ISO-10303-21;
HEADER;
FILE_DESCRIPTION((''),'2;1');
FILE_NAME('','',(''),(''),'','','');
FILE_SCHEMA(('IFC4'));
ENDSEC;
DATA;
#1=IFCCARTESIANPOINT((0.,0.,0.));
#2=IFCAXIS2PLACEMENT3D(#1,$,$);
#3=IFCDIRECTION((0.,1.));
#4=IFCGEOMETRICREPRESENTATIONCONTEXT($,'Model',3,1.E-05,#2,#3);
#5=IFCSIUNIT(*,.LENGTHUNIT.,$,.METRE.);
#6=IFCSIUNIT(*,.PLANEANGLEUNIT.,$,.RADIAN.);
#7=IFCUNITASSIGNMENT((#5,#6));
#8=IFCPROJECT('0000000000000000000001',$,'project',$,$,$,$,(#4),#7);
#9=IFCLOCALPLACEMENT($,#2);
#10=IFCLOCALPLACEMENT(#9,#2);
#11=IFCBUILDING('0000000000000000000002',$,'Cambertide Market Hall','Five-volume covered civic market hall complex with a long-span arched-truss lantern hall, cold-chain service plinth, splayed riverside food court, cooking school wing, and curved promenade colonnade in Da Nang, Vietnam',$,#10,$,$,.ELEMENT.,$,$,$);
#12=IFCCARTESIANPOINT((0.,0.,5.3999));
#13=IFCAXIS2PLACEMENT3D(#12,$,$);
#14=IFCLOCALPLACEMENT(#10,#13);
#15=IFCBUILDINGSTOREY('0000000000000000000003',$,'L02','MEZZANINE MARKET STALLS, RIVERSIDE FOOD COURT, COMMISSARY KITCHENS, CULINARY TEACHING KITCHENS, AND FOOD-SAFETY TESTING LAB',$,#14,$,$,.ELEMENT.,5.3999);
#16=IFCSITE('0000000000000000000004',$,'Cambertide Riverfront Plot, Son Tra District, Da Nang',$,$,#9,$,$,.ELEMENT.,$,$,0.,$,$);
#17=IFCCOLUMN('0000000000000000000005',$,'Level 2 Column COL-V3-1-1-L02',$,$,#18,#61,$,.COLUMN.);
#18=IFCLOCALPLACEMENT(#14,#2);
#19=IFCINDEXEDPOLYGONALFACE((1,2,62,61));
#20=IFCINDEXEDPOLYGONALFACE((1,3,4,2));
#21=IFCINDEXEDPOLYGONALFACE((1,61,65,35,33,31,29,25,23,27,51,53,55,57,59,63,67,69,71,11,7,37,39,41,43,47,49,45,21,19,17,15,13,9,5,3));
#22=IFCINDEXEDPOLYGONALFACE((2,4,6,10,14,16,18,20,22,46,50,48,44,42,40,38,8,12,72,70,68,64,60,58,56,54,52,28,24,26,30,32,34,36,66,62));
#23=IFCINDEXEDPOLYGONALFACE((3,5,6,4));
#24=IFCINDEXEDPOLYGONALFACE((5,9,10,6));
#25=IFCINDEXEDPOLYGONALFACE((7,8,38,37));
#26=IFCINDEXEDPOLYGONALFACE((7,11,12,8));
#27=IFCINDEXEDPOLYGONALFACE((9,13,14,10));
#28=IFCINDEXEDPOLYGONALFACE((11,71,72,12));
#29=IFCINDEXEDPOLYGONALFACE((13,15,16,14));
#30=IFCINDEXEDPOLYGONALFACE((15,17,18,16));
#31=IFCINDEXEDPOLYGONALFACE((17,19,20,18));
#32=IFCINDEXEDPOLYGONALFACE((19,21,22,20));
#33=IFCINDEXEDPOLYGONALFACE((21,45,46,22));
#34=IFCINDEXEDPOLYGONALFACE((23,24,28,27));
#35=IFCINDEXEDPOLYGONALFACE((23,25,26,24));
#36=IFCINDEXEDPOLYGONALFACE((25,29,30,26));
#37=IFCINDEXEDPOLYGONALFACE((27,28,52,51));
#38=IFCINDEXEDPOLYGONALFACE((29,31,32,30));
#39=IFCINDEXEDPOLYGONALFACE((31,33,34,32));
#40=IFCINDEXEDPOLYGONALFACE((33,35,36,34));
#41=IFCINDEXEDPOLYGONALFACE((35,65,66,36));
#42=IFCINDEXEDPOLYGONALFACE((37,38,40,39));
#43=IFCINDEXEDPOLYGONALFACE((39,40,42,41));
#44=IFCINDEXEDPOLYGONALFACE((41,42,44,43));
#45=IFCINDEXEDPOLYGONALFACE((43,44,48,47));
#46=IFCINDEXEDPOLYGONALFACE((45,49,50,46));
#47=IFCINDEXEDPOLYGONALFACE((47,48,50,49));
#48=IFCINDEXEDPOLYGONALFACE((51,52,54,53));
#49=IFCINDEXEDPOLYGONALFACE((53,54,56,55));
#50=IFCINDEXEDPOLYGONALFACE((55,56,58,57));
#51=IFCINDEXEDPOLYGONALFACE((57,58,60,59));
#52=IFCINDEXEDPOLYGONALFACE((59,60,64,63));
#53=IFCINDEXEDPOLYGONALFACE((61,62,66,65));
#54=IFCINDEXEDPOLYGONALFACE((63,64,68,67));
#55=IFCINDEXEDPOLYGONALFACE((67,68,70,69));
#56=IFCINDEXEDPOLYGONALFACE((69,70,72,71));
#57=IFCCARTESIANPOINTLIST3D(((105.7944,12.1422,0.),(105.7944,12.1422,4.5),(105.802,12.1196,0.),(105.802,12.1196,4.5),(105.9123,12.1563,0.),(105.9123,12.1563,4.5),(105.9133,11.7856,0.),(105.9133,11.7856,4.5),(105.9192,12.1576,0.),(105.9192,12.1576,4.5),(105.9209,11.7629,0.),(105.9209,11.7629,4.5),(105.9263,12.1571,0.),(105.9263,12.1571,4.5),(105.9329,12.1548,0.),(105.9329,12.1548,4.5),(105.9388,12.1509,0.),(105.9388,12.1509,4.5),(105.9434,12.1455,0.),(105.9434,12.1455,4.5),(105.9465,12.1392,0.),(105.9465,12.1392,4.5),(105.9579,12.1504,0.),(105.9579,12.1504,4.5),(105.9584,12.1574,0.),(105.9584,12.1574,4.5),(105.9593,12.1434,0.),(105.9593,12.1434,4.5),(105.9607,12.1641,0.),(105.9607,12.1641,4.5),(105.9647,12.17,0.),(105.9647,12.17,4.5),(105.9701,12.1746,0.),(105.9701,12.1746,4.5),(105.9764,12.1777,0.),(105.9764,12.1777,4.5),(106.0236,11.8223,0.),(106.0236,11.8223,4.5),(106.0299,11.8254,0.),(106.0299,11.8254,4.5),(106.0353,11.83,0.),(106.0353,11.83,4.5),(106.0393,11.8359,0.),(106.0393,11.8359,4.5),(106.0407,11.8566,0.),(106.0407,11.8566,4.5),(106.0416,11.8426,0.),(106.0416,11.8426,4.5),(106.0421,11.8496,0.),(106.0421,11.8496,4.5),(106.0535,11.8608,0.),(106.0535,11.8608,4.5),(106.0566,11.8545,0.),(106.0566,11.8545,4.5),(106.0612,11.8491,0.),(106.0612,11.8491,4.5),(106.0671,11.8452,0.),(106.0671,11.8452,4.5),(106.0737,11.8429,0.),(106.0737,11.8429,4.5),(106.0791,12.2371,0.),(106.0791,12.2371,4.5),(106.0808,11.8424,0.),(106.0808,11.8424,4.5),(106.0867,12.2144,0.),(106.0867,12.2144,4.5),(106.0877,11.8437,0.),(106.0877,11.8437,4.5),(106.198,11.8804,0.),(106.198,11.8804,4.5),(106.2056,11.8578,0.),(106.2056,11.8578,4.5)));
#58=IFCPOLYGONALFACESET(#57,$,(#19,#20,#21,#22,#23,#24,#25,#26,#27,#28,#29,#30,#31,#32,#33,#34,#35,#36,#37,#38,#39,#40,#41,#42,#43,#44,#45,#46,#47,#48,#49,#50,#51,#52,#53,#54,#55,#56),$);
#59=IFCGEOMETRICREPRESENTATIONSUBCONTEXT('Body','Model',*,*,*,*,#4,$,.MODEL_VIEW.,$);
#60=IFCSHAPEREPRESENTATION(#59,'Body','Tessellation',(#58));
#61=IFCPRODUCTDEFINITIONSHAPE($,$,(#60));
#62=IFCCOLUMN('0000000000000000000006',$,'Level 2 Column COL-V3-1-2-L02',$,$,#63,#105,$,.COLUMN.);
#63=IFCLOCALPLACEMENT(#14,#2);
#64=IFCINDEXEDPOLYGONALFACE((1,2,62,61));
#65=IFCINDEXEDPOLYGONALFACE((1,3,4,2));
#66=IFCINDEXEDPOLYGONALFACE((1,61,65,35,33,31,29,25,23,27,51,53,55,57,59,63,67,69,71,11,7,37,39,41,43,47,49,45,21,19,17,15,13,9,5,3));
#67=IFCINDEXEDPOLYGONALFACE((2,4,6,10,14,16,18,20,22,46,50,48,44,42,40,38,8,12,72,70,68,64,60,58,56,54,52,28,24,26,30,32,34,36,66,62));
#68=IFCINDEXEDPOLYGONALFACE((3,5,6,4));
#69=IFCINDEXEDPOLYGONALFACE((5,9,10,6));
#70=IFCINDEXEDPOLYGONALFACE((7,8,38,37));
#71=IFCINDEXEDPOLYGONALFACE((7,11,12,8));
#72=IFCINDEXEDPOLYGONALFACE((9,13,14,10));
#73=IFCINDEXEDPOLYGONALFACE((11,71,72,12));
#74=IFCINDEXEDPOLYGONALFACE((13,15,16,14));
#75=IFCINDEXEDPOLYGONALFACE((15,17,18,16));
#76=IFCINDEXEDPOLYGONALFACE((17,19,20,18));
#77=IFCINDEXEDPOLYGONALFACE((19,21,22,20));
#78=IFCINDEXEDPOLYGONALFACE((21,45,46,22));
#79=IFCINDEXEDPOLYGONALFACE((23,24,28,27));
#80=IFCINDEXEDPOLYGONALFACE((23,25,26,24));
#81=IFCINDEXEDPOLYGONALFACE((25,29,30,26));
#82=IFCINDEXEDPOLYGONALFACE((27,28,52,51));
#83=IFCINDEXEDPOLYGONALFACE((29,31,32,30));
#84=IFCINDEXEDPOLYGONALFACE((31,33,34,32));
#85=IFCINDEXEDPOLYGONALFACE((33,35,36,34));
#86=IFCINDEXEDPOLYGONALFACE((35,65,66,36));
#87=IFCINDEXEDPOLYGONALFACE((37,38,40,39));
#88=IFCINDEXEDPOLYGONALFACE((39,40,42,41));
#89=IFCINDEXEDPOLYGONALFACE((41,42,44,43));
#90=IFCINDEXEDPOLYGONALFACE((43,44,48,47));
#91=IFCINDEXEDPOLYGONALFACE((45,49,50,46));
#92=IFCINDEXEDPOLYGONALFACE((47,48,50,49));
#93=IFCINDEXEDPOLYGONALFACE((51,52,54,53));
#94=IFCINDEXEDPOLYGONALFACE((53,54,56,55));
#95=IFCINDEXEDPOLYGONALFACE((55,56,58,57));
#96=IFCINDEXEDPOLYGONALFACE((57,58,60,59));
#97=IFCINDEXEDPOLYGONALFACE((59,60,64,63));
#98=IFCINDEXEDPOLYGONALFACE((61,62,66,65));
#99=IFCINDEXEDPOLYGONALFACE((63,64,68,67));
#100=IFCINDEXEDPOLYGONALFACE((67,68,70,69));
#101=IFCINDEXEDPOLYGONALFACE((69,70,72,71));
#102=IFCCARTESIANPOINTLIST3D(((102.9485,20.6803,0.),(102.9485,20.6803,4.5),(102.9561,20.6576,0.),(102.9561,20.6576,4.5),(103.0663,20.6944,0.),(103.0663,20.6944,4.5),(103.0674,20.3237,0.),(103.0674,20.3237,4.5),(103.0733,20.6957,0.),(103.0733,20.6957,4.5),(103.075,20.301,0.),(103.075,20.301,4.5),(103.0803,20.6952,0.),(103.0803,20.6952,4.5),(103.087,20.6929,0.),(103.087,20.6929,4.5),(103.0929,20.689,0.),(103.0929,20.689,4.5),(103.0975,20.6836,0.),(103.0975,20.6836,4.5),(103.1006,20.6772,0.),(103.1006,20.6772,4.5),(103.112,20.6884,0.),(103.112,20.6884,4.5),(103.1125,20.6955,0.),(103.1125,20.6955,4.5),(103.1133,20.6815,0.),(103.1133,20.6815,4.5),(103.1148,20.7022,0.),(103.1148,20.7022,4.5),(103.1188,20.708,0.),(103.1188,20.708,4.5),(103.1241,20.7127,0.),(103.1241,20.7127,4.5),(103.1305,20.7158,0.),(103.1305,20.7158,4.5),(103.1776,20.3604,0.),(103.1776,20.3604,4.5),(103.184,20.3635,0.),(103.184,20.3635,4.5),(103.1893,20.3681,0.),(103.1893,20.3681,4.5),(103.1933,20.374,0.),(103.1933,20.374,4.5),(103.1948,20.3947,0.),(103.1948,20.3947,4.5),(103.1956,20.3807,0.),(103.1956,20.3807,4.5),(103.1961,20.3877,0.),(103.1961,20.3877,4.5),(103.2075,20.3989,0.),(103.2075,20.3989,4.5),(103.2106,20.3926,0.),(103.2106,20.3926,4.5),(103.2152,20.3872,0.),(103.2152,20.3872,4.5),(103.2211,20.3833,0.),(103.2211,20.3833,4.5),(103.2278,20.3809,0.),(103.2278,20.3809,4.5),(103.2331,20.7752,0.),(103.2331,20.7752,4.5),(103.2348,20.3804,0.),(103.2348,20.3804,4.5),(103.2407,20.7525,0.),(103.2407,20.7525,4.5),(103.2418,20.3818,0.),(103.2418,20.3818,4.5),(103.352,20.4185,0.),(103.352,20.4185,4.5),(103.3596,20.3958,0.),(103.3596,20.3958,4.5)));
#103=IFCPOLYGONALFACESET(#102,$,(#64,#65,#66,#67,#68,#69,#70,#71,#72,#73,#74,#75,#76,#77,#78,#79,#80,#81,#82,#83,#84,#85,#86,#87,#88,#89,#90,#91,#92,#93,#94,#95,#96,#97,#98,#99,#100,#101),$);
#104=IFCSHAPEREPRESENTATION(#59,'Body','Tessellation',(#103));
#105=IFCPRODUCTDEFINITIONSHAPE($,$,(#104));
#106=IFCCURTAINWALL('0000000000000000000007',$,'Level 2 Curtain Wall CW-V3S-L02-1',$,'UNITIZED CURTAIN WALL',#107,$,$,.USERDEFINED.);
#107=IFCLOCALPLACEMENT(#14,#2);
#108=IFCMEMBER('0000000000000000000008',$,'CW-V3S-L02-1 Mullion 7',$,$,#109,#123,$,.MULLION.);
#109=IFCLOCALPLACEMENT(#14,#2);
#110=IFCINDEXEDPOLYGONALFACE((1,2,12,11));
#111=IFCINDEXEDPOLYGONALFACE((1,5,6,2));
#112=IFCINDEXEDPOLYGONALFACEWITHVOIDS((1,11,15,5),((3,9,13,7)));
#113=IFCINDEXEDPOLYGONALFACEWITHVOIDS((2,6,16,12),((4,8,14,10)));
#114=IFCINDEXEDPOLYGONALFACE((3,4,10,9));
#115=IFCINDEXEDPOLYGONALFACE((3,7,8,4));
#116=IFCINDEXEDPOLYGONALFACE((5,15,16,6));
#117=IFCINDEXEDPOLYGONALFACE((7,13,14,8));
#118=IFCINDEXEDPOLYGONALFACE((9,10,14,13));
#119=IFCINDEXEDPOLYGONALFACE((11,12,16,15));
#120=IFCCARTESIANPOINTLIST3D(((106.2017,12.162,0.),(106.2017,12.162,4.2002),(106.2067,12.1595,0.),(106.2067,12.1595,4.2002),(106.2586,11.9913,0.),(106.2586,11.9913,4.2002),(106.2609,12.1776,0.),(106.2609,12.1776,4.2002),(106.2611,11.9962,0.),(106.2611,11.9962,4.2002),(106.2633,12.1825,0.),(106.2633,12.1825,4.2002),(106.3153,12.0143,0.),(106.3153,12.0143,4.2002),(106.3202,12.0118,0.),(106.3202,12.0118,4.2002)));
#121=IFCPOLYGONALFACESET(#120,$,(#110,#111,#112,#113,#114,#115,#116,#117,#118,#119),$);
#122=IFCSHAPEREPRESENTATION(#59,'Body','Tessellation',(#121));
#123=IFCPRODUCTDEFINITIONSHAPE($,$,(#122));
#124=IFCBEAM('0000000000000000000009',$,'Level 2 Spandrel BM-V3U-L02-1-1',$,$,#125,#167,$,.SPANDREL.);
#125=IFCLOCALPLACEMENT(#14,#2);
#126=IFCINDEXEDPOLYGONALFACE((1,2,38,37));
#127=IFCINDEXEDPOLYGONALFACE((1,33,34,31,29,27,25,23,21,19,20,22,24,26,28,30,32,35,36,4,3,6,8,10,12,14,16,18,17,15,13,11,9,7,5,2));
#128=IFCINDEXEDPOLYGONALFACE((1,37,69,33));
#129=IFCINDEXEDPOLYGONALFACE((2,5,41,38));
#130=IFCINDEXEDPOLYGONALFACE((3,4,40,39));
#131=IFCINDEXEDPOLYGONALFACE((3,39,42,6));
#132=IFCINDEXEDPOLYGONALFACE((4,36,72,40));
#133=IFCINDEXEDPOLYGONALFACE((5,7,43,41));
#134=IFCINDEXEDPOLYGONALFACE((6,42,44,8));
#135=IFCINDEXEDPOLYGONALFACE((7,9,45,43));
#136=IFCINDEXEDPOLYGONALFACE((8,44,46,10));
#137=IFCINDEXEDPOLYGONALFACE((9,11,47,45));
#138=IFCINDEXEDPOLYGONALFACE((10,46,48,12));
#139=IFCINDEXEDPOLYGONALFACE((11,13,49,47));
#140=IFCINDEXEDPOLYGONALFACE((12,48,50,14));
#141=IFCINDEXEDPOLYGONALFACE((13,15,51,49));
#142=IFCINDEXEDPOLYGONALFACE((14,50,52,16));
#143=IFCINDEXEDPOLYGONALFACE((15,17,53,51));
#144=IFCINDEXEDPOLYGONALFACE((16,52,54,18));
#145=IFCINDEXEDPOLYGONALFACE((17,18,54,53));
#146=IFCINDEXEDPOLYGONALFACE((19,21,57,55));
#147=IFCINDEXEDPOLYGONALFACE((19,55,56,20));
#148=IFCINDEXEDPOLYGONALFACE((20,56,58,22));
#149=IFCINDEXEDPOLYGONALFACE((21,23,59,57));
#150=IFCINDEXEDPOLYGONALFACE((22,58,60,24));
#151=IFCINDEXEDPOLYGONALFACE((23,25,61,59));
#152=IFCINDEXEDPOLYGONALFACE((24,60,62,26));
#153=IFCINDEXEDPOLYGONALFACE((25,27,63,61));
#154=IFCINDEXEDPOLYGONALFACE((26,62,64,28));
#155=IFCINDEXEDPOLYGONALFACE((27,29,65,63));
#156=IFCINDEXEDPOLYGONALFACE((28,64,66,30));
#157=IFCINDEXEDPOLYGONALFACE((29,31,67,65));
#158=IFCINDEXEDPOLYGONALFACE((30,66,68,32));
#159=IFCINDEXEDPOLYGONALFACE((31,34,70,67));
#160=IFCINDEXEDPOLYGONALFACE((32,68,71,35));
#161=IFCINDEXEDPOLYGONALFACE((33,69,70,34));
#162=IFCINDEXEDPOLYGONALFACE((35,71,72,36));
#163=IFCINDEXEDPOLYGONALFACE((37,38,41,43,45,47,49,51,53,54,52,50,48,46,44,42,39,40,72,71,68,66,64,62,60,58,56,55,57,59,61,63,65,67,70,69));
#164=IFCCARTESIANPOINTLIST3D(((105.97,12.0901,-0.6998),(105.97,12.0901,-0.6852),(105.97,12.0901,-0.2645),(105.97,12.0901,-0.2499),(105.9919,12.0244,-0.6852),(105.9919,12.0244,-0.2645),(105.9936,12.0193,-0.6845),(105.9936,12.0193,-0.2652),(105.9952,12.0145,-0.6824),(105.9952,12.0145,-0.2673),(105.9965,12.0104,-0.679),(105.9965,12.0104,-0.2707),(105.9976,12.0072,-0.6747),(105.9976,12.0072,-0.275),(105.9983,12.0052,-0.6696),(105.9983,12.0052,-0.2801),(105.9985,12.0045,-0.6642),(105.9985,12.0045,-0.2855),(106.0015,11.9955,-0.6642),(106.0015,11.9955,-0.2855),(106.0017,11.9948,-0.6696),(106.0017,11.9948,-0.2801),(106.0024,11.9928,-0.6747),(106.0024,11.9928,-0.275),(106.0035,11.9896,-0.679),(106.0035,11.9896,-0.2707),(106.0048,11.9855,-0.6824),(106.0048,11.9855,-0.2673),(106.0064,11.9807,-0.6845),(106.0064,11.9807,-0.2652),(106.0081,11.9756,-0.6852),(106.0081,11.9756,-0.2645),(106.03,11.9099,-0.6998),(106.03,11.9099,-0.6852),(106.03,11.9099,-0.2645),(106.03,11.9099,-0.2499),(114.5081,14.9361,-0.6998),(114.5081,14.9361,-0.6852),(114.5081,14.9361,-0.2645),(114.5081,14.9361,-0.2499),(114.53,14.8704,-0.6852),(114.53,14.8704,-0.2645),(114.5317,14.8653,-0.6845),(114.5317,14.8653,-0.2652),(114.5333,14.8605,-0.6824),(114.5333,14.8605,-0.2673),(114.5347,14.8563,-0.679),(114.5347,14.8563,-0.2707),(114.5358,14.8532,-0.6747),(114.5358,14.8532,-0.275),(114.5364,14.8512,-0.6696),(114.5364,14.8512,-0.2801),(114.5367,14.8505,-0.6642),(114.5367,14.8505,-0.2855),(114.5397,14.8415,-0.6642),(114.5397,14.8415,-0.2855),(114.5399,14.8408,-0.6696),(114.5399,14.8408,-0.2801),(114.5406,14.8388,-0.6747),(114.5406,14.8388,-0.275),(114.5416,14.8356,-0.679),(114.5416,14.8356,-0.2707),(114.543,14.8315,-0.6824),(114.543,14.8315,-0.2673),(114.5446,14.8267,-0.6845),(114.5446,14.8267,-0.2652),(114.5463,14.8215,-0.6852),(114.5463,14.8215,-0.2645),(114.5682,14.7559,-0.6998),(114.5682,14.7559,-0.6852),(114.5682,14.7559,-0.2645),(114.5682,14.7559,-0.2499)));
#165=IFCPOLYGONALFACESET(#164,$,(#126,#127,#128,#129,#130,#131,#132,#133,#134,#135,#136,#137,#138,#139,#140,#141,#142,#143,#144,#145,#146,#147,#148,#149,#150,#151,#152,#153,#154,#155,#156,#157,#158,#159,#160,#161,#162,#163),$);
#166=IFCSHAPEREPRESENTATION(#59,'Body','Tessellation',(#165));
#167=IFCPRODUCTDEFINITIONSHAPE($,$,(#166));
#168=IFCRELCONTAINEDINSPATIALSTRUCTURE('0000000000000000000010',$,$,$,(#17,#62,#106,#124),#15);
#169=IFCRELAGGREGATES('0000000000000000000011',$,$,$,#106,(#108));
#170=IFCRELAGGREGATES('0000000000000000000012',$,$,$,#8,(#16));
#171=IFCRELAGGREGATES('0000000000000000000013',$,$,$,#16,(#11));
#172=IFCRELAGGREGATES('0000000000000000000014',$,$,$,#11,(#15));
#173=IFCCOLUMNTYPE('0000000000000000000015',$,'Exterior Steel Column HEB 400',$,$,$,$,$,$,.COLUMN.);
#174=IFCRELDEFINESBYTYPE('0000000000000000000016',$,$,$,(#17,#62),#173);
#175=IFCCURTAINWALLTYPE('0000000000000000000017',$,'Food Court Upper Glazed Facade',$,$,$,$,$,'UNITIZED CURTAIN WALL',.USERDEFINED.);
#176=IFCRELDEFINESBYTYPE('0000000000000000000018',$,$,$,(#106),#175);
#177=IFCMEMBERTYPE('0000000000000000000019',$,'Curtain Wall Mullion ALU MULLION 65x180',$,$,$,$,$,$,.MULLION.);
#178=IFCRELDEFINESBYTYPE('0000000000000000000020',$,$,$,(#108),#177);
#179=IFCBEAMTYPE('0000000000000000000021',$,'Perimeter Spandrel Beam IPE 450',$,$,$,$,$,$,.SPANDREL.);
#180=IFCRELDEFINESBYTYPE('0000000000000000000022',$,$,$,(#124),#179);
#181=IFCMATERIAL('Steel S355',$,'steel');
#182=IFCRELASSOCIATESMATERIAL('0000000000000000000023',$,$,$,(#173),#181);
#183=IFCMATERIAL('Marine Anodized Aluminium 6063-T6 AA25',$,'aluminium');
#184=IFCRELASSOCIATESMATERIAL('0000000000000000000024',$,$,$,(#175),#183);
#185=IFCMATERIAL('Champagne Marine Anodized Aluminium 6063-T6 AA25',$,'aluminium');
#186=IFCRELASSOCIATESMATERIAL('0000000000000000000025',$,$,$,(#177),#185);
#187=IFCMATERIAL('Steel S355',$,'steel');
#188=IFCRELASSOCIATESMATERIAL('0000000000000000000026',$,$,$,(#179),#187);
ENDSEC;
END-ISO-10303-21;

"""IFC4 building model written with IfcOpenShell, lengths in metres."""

from ifc_helpers import new_model, si_unit, direction, frame, origin, origin_2d, place, context, subcontext, project, spatial, hollow_rectangle, i_section, extrude, material, material_profile, profile_set, type_object, element, aggregate, save


model = new_model("IFC4")

# Units and contexts
model_context = context("Model", 3, precision=1e-05, world=origin(), true_north=direction((0.0, 1.0)))
body_context = subcontext(model_context, "Body", "Model", "MODEL_VIEW")
ifc_project = project(units=[si_unit("LENGTHUNIT", "METRE"), si_unit("PLANEANGLEUNIT", "RADIAN")], contexts=[model_context])

# Site, building, storey
site_placement = place(None, origin())
site = spatial("IfcSite", under=ifc_project, at=site_placement, Name="Cambertide Riverfront Plot, Son Tra District, Da Nang", CompositionType="ELEMENT", RefElevation=0.0)
building_placement = place(site_placement, origin())
building = spatial("IfcBuilding", under=site, at=building_placement, Name="Cambertide Market Hall", Description="Five-volume covered civic market hall complex with a long-span arched-truss lantern hall, cold-chain service plinth, splayed riverside food court, cooking school wing, and curved promenade colonnade in Da Nang, Vietnam", CompositionType="ELEMENT")
storey_placement = place(building_placement, frame((0.0, 0.0, 5.3999)))
storey = spatial("IfcBuildingStorey", under=building, at=storey_placement, Name="L02", Description="MEZZANINE MARKET STALLS, RIVERSIDE FOOD COURT, COMMISSARY KITCHENS, CULINARY TEACHING KITCHENS, AND FOOD-SAFETY TESTING LAB", CompositionType="ELEMENT", Elevation=5.3999)

# Columns
ifc_material_1 = material(Name="Steel S355", Category="steel")
ifc_material_profile_1 = material_profile(ifc_material_1, i_section(OverallWidth=0.3, OverallDepth=0.3999, WebThickness=0.0134, FlangeThickness=0.0239, FilletRadius=0.0271, at=origin_2d()), Name="HEB 400")
ifc_profile_set_1 = profile_set([ifc_material_profile_1], Name="Steel S355")
column_type = type_object("IfcColumnType", Name="Exterior Steel Column HEB 400", PredefinedType="COLUMN", material=ifc_profile_set_1)
for number, where, z_axis, x_axis, name in (
    (1, (106.0, 12.0, 0.0), (0.0, 0.0, 1.0), (0.948683, 0.316228, 0.0), "Level 2 Column COL-V3-1-1-L02"),
    (2, (103.1541, 20.5381, 0.0), (0.0, 0.0, 1.0), (0.948683, 0.316228, 0.0), "Level 2 Column COL-V3-1-2-L02"),
):
    element("IfcColumn", number, at=place(storey_placement, frame(where, z_axis=z_axis, x_axis=x_axis)), inside=storey, type_object=column_type, Name=name, PredefinedType="COLUMN", context=body_context, shape_type="SweptSolid", body=[
        extrude(i_section(OverallWidth=0.3, OverallDepth=0.3999, WebThickness=0.0134, FlangeThickness=0.0239, FilletRadius=0.0271, at=origin_2d()), origin(), (0.0, 0.0, 1.0), 4.5),
    ])

# Curtain wall, member
ifc_material_2 = material(Name="Marine Anodized Aluminium 6063-T6 AA25", Category="aluminium")
curtain_wall_type = type_object("IfcCurtainWallType", Name="Food Court Upper Glazed Facade", ElementType="UNITIZED CURTAIN WALL", PredefinedType="USERDEFINED", material=ifc_material_2)
curtain_wall_placement = place(storey_placement, origin())
curtain_wall = element("IfcCurtainWall", 3, at=curtain_wall_placement, inside=storey, type_object=curtain_wall_type, Name="Level 2 Curtain Wall CW-V3S-L02-1", ObjectType="UNITIZED CURTAIN WALL", PredefinedType="USERDEFINED")
ifc_material_3 = material(Name="Champagne Marine Anodized Aluminium 6063-T6 AA25", Category="aluminium")
ifc_material_profile_2 = material_profile(ifc_material_3, hollow_rectangle(XDim=0.0649, YDim=0.1799, WallThickness=0.0039, at=origin_2d()), Name="ALU MULLION 65x180")
ifc_profile_set_2 = profile_set([ifc_material_profile_2], Name="Champagne Marine Anodized Aluminium 6063-T6 AA25")
member_type = type_object("IfcMemberType", Name="Curtain Wall Mullion ALU MULLION 65x180", PredefinedType="MULLION", material=ifc_profile_set_2)
member_placement = place(storey_placement, frame((106.261, 12.0869, 0.0), z_axis=(0.0, 0.0, 1.0), x_axis=(-0.948683, -0.316228, 0.0)))
member = element("IfcMember", 4, at=member_placement, type_object=member_type, Name="CW-V3S-L02-1 Mullion 7", PredefinedType="MULLION", context=body_context, shape_type="SweptSolid", body=[
    extrude(hollow_rectangle(XDim=0.0649, YDim=0.1799, WallThickness=0.0039, at=origin_2d()), origin(), (0.0, 0.0, 1.0), 4.2002),
])
aggregate(curtain_wall, [member])

# Beam
ifc_material_4 = material(Name="Steel S355", Category="steel")
ifc_material_profile_3 = material_profile(ifc_material_4, i_section(OverallWidth=0.1899, OverallDepth=0.45, WebThickness=0.0095, FlangeThickness=0.0146, FilletRadius=0.021, at=origin_2d()), Name="IPE 450")
ifc_profile_set_3 = profile_set([ifc_material_profile_3], Name="Steel S355")
beam_type_1 = type_object("IfcBeamType", Name="Perimeter Spandrel Beam IPE 450", PredefinedType="SPANDREL", material=ifc_profile_set_3)
beam_1_placement = place(storey_placement, frame((106.0, 12.0, -0.4749), z_axis=(0.948686, 0.31622, 0.0), x_axis=(-0.31622, 0.948686, 0.0)))
element("IfcBeam", 5, at=beam_1_placement, inside=storey, type_object=beam_type_1, Name="Level 2 Spandrel BM-V3U-L02-1-1", PredefinedType="SPANDREL", context=body_context, shape_type="SweptSolid", body=[
    extrude(i_section(OverallWidth=0.1899, OverallDepth=0.45, WebThickness=0.0095, FlangeThickness=0.0146, FilletRadius=0.021, at=origin_2d()), origin(), (0.0, 0.0, 1.0), 9.0),
])

save(model, "model.ifc")
